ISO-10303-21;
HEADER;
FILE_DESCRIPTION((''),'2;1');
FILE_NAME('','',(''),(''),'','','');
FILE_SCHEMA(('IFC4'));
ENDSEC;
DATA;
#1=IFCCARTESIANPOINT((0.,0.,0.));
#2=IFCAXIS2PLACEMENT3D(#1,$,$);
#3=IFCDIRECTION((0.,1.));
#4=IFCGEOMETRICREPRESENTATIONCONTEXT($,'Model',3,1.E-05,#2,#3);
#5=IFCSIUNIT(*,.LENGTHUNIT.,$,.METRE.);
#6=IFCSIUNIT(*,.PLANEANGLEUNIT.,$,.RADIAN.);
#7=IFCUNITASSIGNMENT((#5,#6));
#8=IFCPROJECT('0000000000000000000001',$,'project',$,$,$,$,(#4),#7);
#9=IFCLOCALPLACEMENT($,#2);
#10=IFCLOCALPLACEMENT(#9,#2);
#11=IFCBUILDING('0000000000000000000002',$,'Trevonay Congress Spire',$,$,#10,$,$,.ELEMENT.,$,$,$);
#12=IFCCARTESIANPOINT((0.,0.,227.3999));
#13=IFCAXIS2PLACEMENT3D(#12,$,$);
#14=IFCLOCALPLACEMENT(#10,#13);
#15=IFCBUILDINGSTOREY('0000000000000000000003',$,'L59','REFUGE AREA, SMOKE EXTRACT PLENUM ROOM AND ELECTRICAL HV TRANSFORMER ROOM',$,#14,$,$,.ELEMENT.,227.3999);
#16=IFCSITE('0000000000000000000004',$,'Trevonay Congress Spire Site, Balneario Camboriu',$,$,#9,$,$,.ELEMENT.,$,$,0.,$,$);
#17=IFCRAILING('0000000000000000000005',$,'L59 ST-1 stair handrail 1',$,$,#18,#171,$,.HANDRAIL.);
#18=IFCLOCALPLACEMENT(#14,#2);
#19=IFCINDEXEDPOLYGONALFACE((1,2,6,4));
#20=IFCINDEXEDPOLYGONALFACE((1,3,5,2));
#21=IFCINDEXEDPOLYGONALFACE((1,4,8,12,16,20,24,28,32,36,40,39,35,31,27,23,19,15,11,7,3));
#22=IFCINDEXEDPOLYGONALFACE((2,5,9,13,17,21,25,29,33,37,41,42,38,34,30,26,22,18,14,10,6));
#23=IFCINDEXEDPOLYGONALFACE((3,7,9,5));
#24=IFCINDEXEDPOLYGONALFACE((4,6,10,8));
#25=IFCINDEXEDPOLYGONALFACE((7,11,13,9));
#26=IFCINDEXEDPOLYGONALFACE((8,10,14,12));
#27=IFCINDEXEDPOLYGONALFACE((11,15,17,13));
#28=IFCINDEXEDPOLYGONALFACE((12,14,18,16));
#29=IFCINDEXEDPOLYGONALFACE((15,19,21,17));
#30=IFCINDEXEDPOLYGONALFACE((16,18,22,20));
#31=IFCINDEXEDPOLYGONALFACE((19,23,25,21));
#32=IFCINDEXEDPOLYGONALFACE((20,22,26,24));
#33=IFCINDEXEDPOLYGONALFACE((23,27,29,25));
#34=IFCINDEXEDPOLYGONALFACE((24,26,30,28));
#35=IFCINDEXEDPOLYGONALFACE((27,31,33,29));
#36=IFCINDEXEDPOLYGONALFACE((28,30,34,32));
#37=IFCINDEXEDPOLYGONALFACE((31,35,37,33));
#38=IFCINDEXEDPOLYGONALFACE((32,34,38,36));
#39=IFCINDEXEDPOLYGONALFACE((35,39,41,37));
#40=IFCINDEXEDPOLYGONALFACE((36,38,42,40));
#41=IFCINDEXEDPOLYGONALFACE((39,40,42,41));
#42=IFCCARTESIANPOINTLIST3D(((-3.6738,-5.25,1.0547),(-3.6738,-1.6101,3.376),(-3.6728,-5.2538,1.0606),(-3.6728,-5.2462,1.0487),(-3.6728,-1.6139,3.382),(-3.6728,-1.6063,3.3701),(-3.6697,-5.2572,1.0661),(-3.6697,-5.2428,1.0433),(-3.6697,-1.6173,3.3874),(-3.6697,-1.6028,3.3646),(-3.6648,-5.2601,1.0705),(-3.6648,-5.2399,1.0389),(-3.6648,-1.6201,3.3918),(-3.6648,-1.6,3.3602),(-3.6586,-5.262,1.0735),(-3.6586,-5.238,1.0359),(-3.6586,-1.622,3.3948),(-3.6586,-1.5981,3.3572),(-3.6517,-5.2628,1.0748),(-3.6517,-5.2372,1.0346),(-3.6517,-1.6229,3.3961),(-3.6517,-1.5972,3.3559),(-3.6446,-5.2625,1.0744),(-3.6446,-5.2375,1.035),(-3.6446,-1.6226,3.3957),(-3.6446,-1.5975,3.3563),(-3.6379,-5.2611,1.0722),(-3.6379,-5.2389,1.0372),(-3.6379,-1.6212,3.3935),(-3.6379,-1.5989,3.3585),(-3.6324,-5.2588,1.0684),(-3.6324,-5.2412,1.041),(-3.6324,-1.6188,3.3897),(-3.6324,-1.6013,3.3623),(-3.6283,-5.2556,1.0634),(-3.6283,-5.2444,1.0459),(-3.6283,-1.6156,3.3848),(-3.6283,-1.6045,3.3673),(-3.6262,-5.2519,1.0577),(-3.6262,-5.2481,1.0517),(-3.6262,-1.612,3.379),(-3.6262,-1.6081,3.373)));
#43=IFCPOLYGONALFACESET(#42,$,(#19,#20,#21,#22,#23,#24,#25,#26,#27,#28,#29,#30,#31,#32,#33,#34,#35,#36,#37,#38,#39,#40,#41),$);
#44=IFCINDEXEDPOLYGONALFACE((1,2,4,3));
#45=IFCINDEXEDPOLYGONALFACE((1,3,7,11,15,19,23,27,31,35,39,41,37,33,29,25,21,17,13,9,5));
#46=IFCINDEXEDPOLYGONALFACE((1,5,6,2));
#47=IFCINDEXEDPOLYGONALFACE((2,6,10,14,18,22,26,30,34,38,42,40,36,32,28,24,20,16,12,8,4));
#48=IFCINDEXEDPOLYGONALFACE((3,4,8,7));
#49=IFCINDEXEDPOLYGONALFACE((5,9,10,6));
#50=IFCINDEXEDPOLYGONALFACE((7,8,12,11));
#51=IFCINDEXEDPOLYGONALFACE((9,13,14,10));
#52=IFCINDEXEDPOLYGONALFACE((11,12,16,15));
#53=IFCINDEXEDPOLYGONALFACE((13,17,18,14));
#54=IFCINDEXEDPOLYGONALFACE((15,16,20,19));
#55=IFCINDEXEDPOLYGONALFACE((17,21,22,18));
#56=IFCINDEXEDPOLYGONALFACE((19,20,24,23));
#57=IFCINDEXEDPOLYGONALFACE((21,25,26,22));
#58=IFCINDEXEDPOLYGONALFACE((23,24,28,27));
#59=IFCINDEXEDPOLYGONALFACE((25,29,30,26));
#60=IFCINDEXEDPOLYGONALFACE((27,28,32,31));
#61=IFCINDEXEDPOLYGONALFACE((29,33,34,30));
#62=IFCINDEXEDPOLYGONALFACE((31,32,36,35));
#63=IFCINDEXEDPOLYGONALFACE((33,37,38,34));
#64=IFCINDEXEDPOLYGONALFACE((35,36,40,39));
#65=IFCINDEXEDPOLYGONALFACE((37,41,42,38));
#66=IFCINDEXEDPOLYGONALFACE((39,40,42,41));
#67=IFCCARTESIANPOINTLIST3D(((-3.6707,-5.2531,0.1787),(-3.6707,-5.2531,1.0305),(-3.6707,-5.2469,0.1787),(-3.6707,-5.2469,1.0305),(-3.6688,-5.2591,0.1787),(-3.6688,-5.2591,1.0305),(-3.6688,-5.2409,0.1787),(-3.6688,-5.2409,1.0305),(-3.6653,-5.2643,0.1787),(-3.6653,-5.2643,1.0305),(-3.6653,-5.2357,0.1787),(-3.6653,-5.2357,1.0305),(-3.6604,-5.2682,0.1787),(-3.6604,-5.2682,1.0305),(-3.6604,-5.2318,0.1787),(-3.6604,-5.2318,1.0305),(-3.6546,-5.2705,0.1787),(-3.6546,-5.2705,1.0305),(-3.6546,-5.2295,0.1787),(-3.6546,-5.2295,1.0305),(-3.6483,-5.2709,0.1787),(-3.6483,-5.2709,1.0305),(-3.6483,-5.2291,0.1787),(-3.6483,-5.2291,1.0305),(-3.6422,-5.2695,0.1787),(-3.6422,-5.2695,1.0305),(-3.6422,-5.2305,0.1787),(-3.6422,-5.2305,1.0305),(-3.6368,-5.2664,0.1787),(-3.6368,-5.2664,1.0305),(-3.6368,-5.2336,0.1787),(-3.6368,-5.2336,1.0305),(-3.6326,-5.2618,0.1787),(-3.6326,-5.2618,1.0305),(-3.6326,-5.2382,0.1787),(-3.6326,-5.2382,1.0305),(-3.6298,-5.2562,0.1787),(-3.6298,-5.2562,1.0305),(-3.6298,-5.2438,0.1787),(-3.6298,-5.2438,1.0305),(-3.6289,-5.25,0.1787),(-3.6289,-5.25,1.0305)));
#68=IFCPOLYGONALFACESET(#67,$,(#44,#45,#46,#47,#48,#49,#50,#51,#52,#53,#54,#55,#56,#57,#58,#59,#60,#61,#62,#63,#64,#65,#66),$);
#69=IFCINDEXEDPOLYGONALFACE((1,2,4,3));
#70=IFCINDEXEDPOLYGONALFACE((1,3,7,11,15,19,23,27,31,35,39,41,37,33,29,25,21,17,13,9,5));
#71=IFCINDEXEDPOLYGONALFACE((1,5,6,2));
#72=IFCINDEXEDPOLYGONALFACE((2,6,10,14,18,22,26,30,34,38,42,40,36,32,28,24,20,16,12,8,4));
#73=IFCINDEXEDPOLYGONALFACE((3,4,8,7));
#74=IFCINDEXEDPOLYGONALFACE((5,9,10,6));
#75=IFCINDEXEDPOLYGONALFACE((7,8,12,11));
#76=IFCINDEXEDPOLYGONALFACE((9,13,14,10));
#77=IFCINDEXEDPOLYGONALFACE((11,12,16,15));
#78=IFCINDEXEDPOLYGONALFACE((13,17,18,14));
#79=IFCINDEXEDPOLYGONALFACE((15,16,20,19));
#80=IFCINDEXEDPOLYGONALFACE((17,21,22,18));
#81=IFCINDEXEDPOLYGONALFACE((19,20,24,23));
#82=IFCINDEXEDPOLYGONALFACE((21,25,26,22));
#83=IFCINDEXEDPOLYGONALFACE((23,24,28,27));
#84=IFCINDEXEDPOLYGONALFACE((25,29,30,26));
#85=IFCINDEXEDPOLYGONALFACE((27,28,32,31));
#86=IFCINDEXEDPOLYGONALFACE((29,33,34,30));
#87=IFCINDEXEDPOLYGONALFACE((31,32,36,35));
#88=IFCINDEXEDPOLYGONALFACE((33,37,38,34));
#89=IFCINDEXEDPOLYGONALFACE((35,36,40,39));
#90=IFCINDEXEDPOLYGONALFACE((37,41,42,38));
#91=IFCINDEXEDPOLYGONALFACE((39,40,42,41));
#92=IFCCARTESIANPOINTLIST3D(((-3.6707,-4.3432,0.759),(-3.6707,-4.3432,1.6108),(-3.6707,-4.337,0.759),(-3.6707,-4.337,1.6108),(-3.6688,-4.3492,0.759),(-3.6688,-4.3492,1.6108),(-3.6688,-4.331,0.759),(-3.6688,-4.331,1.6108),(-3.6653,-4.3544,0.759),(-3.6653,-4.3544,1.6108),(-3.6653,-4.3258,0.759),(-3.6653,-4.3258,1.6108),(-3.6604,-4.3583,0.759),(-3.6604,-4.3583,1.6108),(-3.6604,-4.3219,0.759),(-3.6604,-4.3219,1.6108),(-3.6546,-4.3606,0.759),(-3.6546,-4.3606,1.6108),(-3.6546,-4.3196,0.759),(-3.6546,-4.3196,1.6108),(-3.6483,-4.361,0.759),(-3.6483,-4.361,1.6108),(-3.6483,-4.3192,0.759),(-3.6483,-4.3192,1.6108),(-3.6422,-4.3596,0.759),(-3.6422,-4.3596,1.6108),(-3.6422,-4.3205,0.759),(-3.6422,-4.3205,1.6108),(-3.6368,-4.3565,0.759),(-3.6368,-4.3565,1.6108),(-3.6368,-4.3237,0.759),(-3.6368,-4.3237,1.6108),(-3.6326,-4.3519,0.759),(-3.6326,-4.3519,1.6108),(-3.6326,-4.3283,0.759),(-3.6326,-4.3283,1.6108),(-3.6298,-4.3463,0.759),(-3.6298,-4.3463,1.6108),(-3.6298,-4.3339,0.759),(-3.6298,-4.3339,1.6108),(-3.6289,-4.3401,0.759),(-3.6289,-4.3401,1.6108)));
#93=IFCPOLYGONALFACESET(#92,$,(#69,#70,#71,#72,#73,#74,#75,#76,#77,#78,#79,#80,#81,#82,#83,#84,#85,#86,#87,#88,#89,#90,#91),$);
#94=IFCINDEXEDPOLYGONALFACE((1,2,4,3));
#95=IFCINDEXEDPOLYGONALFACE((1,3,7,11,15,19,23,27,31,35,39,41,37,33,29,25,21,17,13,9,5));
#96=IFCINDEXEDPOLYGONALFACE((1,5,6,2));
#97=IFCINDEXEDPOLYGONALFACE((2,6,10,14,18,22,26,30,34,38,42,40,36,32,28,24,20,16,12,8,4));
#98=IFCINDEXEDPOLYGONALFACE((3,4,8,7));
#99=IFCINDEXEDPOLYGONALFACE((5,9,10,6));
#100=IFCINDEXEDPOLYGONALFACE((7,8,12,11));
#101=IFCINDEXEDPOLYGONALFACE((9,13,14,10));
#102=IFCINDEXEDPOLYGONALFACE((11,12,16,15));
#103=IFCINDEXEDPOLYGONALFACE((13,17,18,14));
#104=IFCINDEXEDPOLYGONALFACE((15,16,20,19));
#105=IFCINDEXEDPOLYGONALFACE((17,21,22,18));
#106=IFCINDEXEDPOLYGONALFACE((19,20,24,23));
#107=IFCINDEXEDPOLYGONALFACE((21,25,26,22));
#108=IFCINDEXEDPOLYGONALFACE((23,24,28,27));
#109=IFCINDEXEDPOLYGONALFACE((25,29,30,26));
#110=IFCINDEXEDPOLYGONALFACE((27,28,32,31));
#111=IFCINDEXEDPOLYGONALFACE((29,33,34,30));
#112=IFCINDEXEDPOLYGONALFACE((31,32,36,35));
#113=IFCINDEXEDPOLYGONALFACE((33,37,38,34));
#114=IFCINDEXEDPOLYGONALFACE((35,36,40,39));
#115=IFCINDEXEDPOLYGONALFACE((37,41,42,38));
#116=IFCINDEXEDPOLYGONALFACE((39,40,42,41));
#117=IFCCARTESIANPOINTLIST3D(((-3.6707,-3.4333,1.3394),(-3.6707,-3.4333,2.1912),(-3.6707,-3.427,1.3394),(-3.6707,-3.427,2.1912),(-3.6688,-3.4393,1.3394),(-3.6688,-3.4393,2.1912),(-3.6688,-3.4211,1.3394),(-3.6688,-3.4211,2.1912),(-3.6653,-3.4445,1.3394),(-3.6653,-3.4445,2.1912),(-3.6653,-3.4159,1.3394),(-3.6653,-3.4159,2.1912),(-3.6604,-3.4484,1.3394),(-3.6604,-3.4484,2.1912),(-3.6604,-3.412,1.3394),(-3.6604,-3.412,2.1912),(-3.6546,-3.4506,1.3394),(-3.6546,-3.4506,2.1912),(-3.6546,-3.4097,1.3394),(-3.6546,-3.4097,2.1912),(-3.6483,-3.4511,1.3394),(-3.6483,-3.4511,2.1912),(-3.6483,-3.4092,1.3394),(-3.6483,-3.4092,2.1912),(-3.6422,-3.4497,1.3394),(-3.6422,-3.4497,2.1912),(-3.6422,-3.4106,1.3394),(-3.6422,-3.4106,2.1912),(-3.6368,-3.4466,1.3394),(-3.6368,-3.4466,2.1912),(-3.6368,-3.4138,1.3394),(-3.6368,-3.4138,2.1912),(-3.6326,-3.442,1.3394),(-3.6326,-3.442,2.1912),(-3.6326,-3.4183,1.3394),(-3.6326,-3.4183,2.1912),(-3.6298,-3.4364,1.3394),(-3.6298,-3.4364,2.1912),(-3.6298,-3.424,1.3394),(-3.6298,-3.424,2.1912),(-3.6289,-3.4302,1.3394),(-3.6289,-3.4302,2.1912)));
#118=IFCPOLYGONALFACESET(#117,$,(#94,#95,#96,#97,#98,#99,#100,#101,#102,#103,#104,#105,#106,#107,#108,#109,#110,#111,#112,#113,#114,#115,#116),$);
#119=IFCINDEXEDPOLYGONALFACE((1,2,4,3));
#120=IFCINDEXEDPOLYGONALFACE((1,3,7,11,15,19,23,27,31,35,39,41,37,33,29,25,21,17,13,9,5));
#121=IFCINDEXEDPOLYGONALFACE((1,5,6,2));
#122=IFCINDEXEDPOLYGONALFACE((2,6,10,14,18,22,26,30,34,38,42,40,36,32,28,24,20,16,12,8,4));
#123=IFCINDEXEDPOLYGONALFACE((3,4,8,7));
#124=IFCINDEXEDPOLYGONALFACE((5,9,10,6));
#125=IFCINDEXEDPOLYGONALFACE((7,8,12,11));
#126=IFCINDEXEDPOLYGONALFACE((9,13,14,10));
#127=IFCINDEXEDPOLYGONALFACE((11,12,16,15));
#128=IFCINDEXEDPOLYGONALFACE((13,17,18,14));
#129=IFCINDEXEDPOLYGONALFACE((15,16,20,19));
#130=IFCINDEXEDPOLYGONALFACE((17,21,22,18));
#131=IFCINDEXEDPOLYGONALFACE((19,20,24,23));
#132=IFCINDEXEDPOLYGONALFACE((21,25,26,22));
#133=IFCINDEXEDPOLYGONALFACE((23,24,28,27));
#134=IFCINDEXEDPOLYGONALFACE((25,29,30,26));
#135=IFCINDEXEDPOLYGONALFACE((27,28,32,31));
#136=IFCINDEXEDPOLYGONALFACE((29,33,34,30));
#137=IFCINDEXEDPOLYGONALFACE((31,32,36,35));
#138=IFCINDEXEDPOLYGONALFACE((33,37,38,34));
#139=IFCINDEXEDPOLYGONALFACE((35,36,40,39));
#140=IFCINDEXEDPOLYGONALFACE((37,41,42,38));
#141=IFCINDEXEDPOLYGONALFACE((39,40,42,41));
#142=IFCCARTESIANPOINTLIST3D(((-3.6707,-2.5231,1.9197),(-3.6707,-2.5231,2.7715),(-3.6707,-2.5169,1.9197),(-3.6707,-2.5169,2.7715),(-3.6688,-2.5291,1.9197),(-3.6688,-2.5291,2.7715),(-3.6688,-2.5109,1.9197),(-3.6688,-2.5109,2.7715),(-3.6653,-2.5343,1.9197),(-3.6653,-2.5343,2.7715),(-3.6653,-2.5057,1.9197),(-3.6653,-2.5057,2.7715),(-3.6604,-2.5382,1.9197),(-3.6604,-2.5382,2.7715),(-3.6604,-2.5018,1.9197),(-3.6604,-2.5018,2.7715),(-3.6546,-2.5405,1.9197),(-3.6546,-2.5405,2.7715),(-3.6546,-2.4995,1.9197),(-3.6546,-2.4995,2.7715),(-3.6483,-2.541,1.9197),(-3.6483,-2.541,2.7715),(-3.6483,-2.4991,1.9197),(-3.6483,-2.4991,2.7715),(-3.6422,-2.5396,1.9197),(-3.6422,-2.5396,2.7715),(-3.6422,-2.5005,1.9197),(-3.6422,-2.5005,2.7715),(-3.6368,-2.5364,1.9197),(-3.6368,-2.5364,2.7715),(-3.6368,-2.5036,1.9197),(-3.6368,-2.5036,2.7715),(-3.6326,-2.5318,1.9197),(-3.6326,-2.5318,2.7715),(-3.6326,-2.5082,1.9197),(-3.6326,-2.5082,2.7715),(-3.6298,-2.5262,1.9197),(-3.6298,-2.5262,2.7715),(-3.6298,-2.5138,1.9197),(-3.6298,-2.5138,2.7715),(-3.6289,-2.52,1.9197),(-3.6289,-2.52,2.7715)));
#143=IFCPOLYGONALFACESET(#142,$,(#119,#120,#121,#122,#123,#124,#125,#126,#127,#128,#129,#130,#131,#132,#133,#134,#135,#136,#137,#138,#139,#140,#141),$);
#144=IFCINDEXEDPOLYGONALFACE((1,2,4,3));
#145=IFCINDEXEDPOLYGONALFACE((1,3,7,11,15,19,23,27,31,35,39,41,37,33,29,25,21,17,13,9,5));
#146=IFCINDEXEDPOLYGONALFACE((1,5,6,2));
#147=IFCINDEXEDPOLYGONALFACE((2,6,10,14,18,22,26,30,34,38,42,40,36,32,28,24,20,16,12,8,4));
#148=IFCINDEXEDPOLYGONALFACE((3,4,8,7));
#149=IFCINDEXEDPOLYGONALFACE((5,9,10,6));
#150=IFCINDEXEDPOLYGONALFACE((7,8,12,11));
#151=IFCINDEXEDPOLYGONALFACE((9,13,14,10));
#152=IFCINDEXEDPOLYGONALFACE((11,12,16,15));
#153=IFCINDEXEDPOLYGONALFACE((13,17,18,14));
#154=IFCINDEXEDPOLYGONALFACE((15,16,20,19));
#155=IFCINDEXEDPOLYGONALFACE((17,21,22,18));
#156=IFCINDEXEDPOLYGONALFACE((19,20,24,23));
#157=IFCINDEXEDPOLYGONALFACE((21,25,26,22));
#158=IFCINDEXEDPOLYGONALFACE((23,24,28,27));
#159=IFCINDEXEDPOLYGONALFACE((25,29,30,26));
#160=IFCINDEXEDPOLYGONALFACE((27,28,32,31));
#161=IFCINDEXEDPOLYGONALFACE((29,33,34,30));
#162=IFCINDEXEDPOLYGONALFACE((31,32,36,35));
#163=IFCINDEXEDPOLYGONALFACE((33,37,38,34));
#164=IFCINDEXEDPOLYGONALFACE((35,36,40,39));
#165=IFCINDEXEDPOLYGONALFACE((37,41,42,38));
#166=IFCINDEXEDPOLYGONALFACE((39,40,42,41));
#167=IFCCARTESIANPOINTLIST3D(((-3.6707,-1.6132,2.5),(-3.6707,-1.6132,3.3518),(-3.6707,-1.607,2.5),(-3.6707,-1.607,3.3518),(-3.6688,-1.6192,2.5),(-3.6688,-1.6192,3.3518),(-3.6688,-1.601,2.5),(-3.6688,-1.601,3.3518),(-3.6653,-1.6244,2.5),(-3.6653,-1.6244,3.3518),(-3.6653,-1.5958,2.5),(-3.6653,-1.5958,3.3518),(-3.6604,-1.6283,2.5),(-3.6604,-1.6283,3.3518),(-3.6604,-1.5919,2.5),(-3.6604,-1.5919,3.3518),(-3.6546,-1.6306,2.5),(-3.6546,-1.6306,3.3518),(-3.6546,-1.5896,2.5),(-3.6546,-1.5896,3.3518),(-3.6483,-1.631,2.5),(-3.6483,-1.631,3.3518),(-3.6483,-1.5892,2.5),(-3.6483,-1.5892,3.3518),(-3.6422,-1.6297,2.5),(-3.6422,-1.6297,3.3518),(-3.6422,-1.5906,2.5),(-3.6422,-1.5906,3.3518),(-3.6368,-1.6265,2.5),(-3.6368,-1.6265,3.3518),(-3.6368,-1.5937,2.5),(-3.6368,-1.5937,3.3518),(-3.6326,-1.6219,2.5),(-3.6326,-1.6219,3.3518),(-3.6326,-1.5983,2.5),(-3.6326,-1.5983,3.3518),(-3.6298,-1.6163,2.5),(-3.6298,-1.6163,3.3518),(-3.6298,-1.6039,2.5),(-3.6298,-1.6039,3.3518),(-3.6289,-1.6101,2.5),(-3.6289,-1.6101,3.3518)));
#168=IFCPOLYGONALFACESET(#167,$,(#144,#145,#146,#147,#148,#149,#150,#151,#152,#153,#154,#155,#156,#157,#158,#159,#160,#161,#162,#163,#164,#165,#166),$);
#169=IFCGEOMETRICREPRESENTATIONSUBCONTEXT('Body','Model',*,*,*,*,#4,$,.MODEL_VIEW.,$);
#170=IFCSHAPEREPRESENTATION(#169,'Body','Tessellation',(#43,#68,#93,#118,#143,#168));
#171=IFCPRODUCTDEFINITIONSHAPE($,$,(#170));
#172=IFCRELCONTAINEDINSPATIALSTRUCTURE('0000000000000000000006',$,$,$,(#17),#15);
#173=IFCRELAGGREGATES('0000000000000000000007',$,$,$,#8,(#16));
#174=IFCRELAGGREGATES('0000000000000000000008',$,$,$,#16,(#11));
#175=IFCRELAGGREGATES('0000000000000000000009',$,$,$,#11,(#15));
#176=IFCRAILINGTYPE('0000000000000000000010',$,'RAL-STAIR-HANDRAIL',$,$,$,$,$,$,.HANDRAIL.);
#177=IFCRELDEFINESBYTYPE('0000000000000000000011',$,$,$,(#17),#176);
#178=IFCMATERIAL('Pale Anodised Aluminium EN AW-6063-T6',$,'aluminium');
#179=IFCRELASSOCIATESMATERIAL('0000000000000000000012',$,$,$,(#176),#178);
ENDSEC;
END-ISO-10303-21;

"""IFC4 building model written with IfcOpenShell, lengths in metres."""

from ifc_helpers import new_model, si_unit, direction, frame, origin, origin_2d, place, context, subcontext, project, spatial, circle, extrude, material, type_object, element, save


model = new_model("IFC4")

# Units and contexts
model_context = context("Model", 3, precision=1e-05, world=origin(), true_north=direction((0.0, 1.0)))
body_context = subcontext(model_context, "Body", "Model", "MODEL_VIEW")
ifc_project = project(units=[si_unit("LENGTHUNIT", "METRE"), si_unit("PLANEANGLEUNIT", "RADIAN")], contexts=[model_context])

# Site, building, storey
site_placement = place(None, origin())
site = spatial("IfcSite", under=ifc_project, at=site_placement, Name="Trevonay Congress Spire Site, Balneario Camboriu", CompositionType="ELEMENT", RefElevation=0.0)
building_placement = place(site_placement, origin())
building = spatial("IfcBuilding", under=site, at=building_placement, Name="Trevonay Congress Spire", CompositionType="ELEMENT")
storey_placement = place(building_placement, frame((0.0, 0.0, 227.3999)))
storey = spatial("IfcBuildingStorey", under=building, at=storey_placement, Name="L59", Description="REFUGE AREA, SMOKE EXTRACT PLENUM ROOM AND ELECTRICAL HV TRANSFORMER ROOM", CompositionType="ELEMENT", Elevation=227.3999)

# Railing
ifc_material_1 = material(Name="Pale Anodised Aluminium EN AW-6063-T6", Category="aluminium")
railing_type_1 = type_object("IfcRailingType", Name="RAL-STAIR-HANDRAIL", PredefinedType="HANDRAIL", material=ifc_material_1)
railing_1_placement = place(storey_placement, frame((-3.6499, -5.25, 0.1787)))
element("IfcRailing", 1, at=railing_1_placement, inside=storey, type_object=railing_type_1, Name="L59 ST-1 stair handrail 1", PredefinedType="HANDRAIL", context=body_context, shape_type="SweptSolid", body=[
    extrude(circle(Radius=0.0239, at=origin_2d()), frame((0.0, 0.0, 0.876), z_axis=(0.0, 0.843137, 0.537699), x_axis=(-1.0, 0.0, 0.0)), (0.0, 0.0, 1.0), 4.3171),
    extrude(circle(Radius=0.021, at=origin_2d()), origin(), (0.0, 0.0, 1.0), 0.8518),
    extrude(circle(Radius=0.021, at=origin_2d()), frame((0.0, 0.9099, 0.5803)), (0.0, 0.0, 1.0), 0.8518),
    extrude(circle(Radius=0.021, at=origin_2d()), frame((0.0, 1.8198, 1.1606)), (0.0, 0.0, 1.0), 0.8518),
    extrude(circle(Radius=0.021, at=origin_2d()), frame((0.0, 2.73, 1.741)), (0.0, 0.0, 1.0), 0.8518),
    extrude(circle(Radius=0.021, at=origin_2d()), frame((0.0, 3.6399, 2.3213)), (0.0, 0.0, 1.0), 0.8518),
])

save(model, "model.ifc")
